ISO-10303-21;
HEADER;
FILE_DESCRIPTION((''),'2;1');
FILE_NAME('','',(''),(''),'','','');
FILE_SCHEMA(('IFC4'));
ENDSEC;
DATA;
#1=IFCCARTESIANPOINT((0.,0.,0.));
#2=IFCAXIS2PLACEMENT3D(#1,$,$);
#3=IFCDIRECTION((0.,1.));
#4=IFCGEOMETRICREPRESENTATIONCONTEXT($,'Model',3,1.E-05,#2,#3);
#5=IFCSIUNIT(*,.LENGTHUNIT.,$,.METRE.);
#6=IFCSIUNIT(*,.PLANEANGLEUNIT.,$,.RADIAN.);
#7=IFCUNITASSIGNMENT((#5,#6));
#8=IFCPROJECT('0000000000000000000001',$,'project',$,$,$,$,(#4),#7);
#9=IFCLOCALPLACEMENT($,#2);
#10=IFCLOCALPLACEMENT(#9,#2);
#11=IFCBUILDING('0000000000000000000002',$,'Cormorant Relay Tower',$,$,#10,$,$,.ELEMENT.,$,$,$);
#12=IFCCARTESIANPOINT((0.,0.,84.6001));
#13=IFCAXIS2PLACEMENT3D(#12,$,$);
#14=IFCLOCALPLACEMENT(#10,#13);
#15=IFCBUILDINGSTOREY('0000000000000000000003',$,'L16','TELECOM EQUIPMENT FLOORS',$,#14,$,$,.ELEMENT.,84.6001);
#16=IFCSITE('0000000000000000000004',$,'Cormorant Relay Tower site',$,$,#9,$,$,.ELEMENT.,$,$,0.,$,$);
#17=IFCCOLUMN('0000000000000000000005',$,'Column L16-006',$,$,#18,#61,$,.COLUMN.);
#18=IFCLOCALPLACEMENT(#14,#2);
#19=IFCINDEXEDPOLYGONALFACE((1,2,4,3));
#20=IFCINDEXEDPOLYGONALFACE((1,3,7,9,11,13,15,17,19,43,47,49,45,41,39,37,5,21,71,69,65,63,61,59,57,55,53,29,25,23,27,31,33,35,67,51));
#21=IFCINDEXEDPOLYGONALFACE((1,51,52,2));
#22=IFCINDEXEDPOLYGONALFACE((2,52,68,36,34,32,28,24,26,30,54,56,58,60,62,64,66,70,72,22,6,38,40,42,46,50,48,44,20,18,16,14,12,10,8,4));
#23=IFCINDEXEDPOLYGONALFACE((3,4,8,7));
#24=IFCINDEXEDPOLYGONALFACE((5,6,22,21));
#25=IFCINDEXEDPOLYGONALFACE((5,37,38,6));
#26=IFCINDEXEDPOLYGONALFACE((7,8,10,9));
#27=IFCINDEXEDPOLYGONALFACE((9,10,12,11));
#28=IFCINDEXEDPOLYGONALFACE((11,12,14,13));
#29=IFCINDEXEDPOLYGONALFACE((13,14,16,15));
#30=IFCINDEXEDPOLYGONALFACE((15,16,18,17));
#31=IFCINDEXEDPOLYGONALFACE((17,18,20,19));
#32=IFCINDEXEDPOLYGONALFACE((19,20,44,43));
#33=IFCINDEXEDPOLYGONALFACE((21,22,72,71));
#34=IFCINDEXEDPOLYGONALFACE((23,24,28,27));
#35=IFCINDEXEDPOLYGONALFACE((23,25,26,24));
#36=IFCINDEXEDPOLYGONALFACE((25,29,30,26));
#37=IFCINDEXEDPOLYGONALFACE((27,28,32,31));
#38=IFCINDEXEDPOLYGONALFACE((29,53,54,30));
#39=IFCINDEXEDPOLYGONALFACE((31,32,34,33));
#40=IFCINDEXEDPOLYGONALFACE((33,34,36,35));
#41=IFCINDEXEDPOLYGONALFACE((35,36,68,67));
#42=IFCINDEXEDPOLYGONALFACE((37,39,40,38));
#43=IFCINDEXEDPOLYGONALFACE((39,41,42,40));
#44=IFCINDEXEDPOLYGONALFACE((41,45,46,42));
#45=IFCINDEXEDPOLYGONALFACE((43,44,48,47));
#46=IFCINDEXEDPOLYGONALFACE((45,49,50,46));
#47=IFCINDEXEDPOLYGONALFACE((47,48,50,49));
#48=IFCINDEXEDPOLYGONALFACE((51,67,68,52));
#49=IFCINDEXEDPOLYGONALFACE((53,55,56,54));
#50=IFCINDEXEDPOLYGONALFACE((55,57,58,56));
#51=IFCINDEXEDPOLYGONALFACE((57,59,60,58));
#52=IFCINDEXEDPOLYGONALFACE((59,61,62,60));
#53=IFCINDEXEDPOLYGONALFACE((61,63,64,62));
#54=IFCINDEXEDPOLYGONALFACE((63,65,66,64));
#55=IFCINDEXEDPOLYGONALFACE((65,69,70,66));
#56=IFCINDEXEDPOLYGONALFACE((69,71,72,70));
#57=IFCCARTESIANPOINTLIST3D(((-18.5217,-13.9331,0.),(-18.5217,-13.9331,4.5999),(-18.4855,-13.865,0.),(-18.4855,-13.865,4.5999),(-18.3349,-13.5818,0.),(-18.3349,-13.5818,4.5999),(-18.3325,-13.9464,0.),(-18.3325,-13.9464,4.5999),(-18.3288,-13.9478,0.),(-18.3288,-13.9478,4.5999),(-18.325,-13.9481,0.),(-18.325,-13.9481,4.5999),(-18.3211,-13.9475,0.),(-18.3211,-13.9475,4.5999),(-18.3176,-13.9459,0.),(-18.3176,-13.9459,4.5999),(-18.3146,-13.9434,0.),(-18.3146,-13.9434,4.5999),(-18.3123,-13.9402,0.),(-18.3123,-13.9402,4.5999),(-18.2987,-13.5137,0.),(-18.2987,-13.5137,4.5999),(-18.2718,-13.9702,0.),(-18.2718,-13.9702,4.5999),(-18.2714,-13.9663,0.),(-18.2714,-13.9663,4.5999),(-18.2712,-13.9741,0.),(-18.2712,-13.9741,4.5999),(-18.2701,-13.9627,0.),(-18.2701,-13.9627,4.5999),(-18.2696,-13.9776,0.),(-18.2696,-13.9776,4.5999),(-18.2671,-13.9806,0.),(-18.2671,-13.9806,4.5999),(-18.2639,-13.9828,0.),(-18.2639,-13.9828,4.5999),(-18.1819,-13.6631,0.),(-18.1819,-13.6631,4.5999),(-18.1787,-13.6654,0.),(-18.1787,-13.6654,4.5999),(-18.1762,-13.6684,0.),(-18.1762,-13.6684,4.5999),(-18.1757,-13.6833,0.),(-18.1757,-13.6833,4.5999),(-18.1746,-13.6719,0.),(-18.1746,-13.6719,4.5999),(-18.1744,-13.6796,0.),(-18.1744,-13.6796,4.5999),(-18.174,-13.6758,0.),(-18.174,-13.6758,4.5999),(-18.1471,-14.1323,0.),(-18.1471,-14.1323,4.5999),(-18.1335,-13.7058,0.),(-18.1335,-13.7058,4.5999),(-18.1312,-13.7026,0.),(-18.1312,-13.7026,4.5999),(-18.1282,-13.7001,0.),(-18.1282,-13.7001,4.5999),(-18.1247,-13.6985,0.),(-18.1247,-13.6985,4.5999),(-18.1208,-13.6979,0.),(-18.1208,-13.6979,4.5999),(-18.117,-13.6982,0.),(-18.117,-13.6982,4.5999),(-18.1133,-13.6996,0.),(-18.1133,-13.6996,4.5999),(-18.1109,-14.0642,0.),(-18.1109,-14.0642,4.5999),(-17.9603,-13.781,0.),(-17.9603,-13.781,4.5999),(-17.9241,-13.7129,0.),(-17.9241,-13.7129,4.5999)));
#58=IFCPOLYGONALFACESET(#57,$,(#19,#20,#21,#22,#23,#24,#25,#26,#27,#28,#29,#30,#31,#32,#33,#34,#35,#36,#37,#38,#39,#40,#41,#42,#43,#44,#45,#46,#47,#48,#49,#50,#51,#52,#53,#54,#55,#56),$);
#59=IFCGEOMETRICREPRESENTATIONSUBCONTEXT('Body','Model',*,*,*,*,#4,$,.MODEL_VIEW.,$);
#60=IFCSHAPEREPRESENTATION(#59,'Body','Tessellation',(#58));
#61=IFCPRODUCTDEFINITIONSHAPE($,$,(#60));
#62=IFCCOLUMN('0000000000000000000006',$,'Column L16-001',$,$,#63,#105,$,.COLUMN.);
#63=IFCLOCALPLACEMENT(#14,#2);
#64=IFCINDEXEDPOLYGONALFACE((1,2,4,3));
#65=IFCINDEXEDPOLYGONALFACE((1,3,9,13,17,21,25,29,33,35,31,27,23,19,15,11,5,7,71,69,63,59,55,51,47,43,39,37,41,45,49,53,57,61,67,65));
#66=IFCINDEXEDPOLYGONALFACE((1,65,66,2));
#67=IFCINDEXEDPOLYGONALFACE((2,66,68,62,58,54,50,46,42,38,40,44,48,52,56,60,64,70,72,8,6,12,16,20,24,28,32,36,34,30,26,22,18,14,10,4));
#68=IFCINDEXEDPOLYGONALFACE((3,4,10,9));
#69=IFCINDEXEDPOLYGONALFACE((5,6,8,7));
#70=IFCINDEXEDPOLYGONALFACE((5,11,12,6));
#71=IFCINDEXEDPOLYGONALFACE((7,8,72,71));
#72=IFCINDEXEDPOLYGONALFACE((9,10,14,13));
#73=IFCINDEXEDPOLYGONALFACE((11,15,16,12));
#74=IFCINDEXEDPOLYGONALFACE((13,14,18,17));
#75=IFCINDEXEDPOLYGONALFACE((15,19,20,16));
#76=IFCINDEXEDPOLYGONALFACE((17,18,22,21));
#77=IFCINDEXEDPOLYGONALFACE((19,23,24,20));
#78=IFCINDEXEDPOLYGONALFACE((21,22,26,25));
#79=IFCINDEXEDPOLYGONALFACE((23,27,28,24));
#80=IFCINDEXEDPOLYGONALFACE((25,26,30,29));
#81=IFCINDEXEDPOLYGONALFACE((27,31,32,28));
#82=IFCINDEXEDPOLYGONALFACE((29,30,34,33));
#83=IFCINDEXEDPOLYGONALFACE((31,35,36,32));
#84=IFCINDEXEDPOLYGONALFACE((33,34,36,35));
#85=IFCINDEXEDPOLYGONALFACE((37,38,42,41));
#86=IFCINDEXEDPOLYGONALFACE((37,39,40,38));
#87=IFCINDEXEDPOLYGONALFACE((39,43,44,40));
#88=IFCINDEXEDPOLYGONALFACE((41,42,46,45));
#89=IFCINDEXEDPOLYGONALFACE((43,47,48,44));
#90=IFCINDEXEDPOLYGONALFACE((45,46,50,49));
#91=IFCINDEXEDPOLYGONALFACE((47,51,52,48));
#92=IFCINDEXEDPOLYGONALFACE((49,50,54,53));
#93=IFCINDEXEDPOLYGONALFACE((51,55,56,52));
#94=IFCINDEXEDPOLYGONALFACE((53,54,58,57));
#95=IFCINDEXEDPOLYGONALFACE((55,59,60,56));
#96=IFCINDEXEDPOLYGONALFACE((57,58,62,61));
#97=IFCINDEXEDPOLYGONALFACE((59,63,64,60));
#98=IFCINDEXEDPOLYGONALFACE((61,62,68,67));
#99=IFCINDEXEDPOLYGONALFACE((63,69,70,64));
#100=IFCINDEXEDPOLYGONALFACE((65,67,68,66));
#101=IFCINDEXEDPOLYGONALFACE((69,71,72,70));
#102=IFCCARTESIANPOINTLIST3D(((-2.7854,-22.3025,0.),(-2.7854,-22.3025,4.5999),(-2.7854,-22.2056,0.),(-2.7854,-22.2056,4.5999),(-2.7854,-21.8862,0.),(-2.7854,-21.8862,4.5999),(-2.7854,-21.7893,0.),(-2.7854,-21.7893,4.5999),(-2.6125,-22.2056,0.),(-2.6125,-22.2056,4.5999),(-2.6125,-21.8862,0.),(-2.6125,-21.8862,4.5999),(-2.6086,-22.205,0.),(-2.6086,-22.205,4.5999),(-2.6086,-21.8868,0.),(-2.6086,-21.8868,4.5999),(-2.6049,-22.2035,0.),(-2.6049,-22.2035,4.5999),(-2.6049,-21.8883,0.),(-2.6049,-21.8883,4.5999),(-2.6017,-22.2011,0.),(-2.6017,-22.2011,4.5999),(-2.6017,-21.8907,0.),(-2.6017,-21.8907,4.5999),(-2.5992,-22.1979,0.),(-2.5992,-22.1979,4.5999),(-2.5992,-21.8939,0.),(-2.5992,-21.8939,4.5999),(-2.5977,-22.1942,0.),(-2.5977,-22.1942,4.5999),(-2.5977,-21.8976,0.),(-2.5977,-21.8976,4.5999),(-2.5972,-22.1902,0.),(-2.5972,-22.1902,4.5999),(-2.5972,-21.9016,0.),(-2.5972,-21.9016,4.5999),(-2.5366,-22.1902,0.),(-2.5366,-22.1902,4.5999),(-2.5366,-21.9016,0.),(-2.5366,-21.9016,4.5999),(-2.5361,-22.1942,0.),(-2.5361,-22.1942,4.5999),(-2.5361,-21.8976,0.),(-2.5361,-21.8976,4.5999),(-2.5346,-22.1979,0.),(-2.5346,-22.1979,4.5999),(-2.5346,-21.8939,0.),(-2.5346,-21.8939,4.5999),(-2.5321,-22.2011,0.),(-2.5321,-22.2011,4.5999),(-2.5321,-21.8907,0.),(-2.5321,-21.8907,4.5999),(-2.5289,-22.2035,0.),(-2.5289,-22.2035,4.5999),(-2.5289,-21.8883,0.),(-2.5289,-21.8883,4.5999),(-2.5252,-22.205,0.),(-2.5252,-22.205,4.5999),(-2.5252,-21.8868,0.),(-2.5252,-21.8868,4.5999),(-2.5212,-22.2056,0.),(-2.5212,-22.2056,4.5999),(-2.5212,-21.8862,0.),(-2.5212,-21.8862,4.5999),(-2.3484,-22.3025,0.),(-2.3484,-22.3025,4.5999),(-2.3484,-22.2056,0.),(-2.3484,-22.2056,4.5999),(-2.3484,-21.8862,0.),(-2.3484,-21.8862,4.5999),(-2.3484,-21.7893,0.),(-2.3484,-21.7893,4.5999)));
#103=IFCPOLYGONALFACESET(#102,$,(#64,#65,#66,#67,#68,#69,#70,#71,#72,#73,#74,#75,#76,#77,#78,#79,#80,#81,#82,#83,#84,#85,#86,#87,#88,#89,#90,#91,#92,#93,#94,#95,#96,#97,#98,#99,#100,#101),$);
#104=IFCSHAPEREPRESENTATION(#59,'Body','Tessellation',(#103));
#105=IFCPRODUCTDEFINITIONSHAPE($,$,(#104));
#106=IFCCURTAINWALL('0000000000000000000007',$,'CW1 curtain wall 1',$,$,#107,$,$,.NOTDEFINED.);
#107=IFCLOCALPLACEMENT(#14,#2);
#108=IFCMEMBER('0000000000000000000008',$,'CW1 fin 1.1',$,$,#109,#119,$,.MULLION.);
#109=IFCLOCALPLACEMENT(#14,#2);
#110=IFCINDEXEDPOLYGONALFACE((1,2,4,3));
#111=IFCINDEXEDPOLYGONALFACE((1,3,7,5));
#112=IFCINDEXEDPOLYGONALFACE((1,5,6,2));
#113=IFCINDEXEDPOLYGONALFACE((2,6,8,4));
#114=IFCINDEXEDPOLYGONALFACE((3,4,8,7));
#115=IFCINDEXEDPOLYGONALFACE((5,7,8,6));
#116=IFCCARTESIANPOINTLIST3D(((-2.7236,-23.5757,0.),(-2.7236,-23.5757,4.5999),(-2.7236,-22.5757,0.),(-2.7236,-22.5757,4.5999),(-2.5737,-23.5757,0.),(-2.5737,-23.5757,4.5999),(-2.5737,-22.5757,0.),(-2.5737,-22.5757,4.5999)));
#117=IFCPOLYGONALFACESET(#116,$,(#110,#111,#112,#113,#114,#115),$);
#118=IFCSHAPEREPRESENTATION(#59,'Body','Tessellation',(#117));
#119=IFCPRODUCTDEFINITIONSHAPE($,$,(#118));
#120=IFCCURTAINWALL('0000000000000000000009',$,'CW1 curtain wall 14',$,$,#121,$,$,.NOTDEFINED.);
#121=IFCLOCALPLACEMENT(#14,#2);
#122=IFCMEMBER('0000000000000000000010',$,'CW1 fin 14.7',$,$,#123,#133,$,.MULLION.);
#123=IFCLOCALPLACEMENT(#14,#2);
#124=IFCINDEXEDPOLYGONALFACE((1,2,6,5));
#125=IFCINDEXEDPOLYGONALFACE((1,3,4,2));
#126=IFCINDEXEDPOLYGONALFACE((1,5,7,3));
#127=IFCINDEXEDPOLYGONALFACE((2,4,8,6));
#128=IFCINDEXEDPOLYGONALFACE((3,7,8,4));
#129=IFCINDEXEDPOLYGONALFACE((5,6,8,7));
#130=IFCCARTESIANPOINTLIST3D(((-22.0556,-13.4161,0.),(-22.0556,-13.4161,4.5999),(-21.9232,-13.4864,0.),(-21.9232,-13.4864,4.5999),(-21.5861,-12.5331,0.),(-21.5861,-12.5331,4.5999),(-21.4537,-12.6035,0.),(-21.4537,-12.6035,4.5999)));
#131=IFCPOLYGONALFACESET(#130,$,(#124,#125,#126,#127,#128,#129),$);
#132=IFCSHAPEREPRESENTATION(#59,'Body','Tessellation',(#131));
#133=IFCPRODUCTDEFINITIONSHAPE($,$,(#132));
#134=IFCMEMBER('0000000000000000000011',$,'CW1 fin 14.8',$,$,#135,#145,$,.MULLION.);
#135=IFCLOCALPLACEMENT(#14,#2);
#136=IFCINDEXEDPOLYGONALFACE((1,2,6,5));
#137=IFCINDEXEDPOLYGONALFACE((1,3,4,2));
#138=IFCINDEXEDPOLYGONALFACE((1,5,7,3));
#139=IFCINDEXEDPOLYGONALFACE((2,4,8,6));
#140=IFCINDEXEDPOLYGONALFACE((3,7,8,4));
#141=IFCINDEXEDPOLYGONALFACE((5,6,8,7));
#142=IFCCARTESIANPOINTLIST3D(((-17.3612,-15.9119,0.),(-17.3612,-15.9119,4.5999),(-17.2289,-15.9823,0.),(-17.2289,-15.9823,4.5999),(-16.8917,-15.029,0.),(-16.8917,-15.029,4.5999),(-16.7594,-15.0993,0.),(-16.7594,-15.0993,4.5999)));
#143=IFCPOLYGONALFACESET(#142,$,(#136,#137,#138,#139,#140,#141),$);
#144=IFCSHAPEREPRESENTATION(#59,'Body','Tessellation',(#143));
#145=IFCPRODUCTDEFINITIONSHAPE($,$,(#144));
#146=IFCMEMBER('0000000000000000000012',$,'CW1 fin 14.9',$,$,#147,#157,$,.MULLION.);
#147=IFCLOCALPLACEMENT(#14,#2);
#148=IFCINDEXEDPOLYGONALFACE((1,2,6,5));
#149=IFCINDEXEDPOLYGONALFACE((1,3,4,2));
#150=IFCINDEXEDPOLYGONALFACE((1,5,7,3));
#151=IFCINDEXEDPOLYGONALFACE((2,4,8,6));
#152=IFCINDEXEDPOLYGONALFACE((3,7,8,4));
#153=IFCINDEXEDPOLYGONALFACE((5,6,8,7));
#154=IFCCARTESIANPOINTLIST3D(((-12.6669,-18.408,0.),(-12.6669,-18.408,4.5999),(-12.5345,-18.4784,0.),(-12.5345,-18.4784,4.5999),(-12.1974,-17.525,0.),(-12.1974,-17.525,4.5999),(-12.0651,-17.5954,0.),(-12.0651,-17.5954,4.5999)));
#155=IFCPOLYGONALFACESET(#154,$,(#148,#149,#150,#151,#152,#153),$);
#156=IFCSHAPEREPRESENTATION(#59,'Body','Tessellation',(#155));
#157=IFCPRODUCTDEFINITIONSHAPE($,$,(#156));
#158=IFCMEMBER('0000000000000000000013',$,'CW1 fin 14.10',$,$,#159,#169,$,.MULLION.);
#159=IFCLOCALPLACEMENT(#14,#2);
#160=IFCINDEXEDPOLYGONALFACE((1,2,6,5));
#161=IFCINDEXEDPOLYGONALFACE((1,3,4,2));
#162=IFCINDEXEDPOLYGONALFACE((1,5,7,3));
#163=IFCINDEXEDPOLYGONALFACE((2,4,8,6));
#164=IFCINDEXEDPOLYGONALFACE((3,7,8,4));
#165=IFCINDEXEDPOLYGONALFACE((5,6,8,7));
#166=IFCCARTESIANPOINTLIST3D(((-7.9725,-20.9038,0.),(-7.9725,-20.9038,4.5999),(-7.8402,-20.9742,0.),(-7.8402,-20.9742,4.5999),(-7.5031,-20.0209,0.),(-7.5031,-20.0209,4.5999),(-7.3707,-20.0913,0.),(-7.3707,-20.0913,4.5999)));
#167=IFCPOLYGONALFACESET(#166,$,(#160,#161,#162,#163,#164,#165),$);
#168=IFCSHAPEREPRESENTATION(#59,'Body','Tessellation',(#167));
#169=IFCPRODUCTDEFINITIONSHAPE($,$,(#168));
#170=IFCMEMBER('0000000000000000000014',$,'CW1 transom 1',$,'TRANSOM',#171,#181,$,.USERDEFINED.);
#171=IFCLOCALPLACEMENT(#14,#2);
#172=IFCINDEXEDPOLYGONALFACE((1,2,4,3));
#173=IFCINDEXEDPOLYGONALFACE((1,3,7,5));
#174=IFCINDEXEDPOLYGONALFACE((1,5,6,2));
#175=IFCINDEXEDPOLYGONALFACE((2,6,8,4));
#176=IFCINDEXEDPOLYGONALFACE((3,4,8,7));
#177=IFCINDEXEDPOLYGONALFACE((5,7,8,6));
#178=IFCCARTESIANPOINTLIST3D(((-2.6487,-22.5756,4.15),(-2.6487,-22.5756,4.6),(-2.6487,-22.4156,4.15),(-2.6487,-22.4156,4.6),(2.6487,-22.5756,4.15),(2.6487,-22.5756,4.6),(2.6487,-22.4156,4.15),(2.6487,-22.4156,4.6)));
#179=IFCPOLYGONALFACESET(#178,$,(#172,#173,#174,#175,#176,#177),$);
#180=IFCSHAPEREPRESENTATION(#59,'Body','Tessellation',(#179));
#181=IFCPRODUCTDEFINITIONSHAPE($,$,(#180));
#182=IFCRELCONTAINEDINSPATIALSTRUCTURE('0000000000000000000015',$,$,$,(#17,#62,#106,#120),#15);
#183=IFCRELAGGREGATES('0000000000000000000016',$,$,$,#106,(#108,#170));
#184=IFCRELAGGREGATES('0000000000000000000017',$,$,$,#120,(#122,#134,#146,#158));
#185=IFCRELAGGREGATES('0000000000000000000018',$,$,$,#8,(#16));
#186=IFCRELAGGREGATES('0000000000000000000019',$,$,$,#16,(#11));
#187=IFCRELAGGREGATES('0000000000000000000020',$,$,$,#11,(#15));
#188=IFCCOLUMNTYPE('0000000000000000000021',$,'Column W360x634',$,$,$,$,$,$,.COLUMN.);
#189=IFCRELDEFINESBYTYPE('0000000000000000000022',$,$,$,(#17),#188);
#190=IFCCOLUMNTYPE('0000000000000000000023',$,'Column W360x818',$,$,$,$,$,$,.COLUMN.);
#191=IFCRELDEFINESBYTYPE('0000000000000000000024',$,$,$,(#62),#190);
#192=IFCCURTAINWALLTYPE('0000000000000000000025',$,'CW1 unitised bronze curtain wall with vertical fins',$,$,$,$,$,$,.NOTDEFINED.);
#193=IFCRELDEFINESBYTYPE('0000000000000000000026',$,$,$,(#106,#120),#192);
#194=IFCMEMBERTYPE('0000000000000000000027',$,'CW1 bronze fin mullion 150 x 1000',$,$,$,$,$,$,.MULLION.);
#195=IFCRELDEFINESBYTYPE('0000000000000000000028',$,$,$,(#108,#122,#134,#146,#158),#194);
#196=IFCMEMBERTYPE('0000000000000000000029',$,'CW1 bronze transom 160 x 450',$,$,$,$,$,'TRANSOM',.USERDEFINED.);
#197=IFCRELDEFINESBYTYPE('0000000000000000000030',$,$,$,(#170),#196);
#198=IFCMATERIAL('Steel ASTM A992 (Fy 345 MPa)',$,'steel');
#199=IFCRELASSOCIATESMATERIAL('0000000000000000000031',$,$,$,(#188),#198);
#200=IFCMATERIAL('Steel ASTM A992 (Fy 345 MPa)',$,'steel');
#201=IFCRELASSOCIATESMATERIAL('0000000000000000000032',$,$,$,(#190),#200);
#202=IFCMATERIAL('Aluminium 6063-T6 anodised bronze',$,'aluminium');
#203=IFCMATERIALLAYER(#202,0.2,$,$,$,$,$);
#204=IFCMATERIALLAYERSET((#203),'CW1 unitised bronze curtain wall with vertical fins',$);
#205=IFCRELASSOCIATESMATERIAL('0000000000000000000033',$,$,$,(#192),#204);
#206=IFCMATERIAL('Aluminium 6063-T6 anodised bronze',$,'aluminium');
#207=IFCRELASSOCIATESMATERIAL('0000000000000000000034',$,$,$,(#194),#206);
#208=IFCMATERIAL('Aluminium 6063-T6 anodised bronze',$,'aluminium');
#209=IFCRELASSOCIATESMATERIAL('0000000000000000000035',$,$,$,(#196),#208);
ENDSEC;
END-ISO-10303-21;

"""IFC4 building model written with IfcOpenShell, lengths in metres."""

from ifc_helpers import new_model, si_unit, direction, frame, origin, origin_2d, place, context, subcontext, project, spatial, rectangle, i_section, extrude, material, layer, layer_set, material_profile, profile_set, type_object, element, aggregate, save


model = new_model("IFC4")

# Units and contexts
model_context = context("Model", 3, precision=1e-05, world=origin(), true_north=direction((0.0, 1.0)))
body_context = subcontext(model_context, "Body", "Model", "MODEL_VIEW")
ifc_project = project(units=[si_unit("LENGTHUNIT", "METRE"), si_unit("PLANEANGLEUNIT", "RADIAN")], contexts=[model_context])

# Site, building, storey
site_placement = place(None, origin())
site = spatial("IfcSite", under=ifc_project, at=site_placement, Name="Cormorant Relay Tower site", CompositionType="ELEMENT", RefElevation=0.0)
building_placement = place(site_placement, origin())
building = spatial("IfcBuilding", under=site, at=building_placement, Name="Cormorant Relay Tower", CompositionType="ELEMENT")
storey_placement = place(building_placement, frame((0.0, 0.0, 84.6001)))
storey = spatial("IfcBuildingStorey", under=building, at=storey_placement, Name="L16", Description="TELECOM EQUIPMENT FLOORS", CompositionType="ELEMENT", Elevation=84.6001)

# Columns
ifc_material_1 = material(Name="Steel ASTM A992 (Fy 345 MPa)", Category="steel")
ifc_material_profile_1 = material_profile(ifc_material_1, i_section(OverallWidth=0.4243, OverallDepth=0.4751, WebThickness=0.0479, FlangeThickness=0.0771, FilletRadius=0.0149, at=origin_2d()), Name="W360x634")
ifc_profile_set_1 = profile_set([ifc_material_profile_1], Name="Steel ASTM A992 (Fy 345 MPa)")
column_type_1 = type_object("IfcColumnType", Name="Column W360x634", PredefinedType="COLUMN", material=ifc_profile_set_1)
for number, where, z_axis, x_axis, name in (
    (1, (-18.2229, -13.823, 0.0), (0.0, 0.0, 1.0), (0.882948, -0.469472, 0.0), "Column L16-006"),
):
    element("IfcColumn", number, at=place(storey_placement, frame(where, z_axis=z_axis, x_axis=x_axis)), inside=storey, type_object=column_type_1, Name=name, PredefinedType="COLUMN", context=body_context, shape_type="SweptSolid", body=[
        extrude(i_section(OverallWidth=0.4243, OverallDepth=0.4751, WebThickness=0.0479, FlangeThickness=0.0771, FilletRadius=0.0149, at=origin_2d()), origin(), (0.0, 0.0, 1.0), 4.5999),
    ])
ifc_material_2 = material(Name="Steel ASTM A992 (Fy 345 MPa)", Category="steel")
ifc_material_profile_2 = material_profile(ifc_material_2, i_section(OverallWidth=0.437, OverallDepth=0.5132, WebThickness=0.0605, FlangeThickness=0.0969, FilletRadius=0.0154, at=origin_2d()), Name="W360x818")
ifc_profile_set_2 = profile_set([ifc_material_profile_2], Name="Steel ASTM A992 (Fy 345 MPa)")
column_type_2 = type_object("IfcColumnType", Name="Column W360x818", PredefinedType="COLUMN", material=ifc_profile_set_2)
column_placement = place(storey_placement, frame((-2.5669, -22.0459, 0.0), z_axis=(0.0, 0.0, 1.0), x_axis=(1.0, 0.0, 0.0)))
element("IfcColumn", 2, at=column_placement, inside=storey, type_object=column_type_2, Name="Column L16-001", PredefinedType="COLUMN", context=body_context, shape_type="SweptSolid", body=[
    extrude(i_section(OverallWidth=0.437, OverallDepth=0.5132, WebThickness=0.0605, FlangeThickness=0.0969, FilletRadius=0.0154, at=origin_2d()), origin(), (0.0, 0.0, 1.0), 4.5999),
])

# Curtain wall, member
ifc_material_3 = material(Name="Aluminium 6063-T6 anodised bronze", Category="aluminium")
ifc_layer_1 = layer(ifc_material_3, 0.2)
ifc_layer_set_1 = layer_set([ifc_layer_1], Name="CW1 unitised bronze curtain wall with vertical fins")
curtain_wall_type = type_object("IfcCurtainWallType", Name="CW1 unitised bronze curtain wall with vertical fins", PredefinedType="NOTDEFINED", material=ifc_layer_set_1)
curtain_wall_1_placement = place(storey_placement, origin())
curtain_wall_1 = element("IfcCurtainWall", 3, at=curtain_wall_1_placement, inside=storey, type_object=curtain_wall_type, Name="CW1 curtain wall 1", PredefinedType="NOTDEFINED")
ifc_material_4 = material(Name="Aluminium 6063-T6 anodised bronze", Category="aluminium")
ifc_material_profile_3 = material_profile(ifc_material_4, rectangle(XDim=0.1499, YDim=1.0, at=origin_2d()), Name="AL 150x1000")
ifc_profile_set_3 = profile_set([ifc_material_profile_3], Name="Aluminium 6063-T6 anodised bronze")
member_type_1 = type_object("IfcMemberType", Name="CW1 bronze fin mullion 150 x 1000", PredefinedType="MULLION", material=ifc_profile_set_3)
member_1_placement = place(storey_placement, frame((-2.6487, -23.0757, 0.0), z_axis=(0.0, 0.0, 1.0), x_axis=(1.0, 0.0, 0.0)))
member_1 = element("IfcMember", 4, at=member_1_placement, type_object=member_type_1, Name="CW1 fin 1.1", PredefinedType="MULLION", context=body_context, shape_type="SweptSolid", body=[
    extrude(rectangle(XDim=0.1499, YDim=1.0, at=origin_2d()), origin(), (0.0, 0.0, 1.0), 4.5999),
])

# Curtain wall, members
curtain_wall_2_placement = place(storey_placement, origin())
curtain_wall_2 = element("IfcCurtainWall", 5, at=curtain_wall_2_placement, inside=storey, type_object=curtain_wall_type, Name="CW1 curtain wall 14", PredefinedType="NOTDEFINED")
member_2_placement = place(storey_placement, frame((-21.7546, -13.0098, 0.0), z_axis=(0.0, 0.0, 1.0), x_axis=(0.882948, -0.469472, 0.0)))
member_2 = element("IfcMember", 6, at=member_2_placement, type_object=member_type_1, Name="CW1 fin 14.7", PredefinedType="MULLION", context=body_context, shape_type="SweptSolid", body=[
    extrude(rectangle(XDim=0.1499, YDim=1.0, at=origin_2d()), origin(), (0.0, 0.0, 1.0), 4.5999),
])
member_3_placement = place(storey_placement, frame((-17.0603, -15.5056, 0.0), z_axis=(0.0, 0.0, 1.0), x_axis=(0.882948, -0.469472, 0.0)))
member_3 = element("IfcMember", 7, at=member_3_placement, type_object=member_type_1, Name="CW1 fin 14.8", PredefinedType="MULLION", context=body_context, shape_type="SweptSolid", body=[
    extrude(rectangle(XDim=0.1499, YDim=1.0, at=origin_2d()), origin(), (0.0, 0.0, 1.0), 4.5999),
])
member_4_placement = place(storey_placement, frame((-12.366, -18.0017, 0.0), z_axis=(0.0, 0.0, 1.0), x_axis=(0.882948, -0.469472, 0.0)))
member_4 = element("IfcMember", 8, at=member_4_placement, type_object=member_type_1, Name="CW1 fin 14.9", PredefinedType="MULLION", context=body_context, shape_type="SweptSolid", body=[
    extrude(rectangle(XDim=0.1499, YDim=1.0, at=origin_2d()), origin(), (0.0, 0.0, 1.0), 4.5999),
])
member_5_placement = place(storey_placement, frame((-7.6716, -20.4976, 0.0), z_axis=(0.0, 0.0, 1.0), x_axis=(0.882948, -0.469472, 0.0)))
member_5 = element("IfcMember", 9, at=member_5_placement, type_object=member_type_1, Name="CW1 fin 14.10", PredefinedType="MULLION", context=body_context, shape_type="SweptSolid", body=[
    extrude(rectangle(XDim=0.1499, YDim=1.0, at=origin_2d()), origin(), (0.0, 0.0, 1.0), 4.5999),
])

# Member
ifc_material_5 = material(Name="Aluminium 6063-T6 anodised bronze", Category="aluminium")
ifc_material_profile_4 = material_profile(ifc_material_5, rectangle(XDim=0.1599, YDim=0.45, at=origin_2d()), Name="AL 160x450")
ifc_profile_set_4 = profile_set([ifc_material_profile_4], Name="Aluminium 6063-T6 anodised bronze")
member_type_2 = type_object("IfcMemberType", Name="CW1 bronze transom 160 x 450", ElementType="TRANSOM", PredefinedType="USERDEFINED", material=ifc_profile_set_4)
member_6_placement = place(storey_placement, frame((-2.6487, -22.4956, 4.375), z_axis=(1.0, 0.0, 0.0), x_axis=(0.0, 1.0, 0.0)))
member_6 = element("IfcMember", 10, at=member_6_placement, type_object=member_type_2, Name="CW1 transom 1", ObjectType="TRANSOM", PredefinedType="USERDEFINED", context=body_context, shape_type="SweptSolid", body=[
    extrude(rectangle(XDim=0.1599, YDim=0.45, at=origin_2d()), origin(), (0.0, 0.0, 1.0), 5.2974),
])
aggregate(curtain_wall_1, [member_1, member_6])

aggregate(curtain_wall_2, [member_2, member_3, member_4, member_5])

save(model, "model.ifc")
